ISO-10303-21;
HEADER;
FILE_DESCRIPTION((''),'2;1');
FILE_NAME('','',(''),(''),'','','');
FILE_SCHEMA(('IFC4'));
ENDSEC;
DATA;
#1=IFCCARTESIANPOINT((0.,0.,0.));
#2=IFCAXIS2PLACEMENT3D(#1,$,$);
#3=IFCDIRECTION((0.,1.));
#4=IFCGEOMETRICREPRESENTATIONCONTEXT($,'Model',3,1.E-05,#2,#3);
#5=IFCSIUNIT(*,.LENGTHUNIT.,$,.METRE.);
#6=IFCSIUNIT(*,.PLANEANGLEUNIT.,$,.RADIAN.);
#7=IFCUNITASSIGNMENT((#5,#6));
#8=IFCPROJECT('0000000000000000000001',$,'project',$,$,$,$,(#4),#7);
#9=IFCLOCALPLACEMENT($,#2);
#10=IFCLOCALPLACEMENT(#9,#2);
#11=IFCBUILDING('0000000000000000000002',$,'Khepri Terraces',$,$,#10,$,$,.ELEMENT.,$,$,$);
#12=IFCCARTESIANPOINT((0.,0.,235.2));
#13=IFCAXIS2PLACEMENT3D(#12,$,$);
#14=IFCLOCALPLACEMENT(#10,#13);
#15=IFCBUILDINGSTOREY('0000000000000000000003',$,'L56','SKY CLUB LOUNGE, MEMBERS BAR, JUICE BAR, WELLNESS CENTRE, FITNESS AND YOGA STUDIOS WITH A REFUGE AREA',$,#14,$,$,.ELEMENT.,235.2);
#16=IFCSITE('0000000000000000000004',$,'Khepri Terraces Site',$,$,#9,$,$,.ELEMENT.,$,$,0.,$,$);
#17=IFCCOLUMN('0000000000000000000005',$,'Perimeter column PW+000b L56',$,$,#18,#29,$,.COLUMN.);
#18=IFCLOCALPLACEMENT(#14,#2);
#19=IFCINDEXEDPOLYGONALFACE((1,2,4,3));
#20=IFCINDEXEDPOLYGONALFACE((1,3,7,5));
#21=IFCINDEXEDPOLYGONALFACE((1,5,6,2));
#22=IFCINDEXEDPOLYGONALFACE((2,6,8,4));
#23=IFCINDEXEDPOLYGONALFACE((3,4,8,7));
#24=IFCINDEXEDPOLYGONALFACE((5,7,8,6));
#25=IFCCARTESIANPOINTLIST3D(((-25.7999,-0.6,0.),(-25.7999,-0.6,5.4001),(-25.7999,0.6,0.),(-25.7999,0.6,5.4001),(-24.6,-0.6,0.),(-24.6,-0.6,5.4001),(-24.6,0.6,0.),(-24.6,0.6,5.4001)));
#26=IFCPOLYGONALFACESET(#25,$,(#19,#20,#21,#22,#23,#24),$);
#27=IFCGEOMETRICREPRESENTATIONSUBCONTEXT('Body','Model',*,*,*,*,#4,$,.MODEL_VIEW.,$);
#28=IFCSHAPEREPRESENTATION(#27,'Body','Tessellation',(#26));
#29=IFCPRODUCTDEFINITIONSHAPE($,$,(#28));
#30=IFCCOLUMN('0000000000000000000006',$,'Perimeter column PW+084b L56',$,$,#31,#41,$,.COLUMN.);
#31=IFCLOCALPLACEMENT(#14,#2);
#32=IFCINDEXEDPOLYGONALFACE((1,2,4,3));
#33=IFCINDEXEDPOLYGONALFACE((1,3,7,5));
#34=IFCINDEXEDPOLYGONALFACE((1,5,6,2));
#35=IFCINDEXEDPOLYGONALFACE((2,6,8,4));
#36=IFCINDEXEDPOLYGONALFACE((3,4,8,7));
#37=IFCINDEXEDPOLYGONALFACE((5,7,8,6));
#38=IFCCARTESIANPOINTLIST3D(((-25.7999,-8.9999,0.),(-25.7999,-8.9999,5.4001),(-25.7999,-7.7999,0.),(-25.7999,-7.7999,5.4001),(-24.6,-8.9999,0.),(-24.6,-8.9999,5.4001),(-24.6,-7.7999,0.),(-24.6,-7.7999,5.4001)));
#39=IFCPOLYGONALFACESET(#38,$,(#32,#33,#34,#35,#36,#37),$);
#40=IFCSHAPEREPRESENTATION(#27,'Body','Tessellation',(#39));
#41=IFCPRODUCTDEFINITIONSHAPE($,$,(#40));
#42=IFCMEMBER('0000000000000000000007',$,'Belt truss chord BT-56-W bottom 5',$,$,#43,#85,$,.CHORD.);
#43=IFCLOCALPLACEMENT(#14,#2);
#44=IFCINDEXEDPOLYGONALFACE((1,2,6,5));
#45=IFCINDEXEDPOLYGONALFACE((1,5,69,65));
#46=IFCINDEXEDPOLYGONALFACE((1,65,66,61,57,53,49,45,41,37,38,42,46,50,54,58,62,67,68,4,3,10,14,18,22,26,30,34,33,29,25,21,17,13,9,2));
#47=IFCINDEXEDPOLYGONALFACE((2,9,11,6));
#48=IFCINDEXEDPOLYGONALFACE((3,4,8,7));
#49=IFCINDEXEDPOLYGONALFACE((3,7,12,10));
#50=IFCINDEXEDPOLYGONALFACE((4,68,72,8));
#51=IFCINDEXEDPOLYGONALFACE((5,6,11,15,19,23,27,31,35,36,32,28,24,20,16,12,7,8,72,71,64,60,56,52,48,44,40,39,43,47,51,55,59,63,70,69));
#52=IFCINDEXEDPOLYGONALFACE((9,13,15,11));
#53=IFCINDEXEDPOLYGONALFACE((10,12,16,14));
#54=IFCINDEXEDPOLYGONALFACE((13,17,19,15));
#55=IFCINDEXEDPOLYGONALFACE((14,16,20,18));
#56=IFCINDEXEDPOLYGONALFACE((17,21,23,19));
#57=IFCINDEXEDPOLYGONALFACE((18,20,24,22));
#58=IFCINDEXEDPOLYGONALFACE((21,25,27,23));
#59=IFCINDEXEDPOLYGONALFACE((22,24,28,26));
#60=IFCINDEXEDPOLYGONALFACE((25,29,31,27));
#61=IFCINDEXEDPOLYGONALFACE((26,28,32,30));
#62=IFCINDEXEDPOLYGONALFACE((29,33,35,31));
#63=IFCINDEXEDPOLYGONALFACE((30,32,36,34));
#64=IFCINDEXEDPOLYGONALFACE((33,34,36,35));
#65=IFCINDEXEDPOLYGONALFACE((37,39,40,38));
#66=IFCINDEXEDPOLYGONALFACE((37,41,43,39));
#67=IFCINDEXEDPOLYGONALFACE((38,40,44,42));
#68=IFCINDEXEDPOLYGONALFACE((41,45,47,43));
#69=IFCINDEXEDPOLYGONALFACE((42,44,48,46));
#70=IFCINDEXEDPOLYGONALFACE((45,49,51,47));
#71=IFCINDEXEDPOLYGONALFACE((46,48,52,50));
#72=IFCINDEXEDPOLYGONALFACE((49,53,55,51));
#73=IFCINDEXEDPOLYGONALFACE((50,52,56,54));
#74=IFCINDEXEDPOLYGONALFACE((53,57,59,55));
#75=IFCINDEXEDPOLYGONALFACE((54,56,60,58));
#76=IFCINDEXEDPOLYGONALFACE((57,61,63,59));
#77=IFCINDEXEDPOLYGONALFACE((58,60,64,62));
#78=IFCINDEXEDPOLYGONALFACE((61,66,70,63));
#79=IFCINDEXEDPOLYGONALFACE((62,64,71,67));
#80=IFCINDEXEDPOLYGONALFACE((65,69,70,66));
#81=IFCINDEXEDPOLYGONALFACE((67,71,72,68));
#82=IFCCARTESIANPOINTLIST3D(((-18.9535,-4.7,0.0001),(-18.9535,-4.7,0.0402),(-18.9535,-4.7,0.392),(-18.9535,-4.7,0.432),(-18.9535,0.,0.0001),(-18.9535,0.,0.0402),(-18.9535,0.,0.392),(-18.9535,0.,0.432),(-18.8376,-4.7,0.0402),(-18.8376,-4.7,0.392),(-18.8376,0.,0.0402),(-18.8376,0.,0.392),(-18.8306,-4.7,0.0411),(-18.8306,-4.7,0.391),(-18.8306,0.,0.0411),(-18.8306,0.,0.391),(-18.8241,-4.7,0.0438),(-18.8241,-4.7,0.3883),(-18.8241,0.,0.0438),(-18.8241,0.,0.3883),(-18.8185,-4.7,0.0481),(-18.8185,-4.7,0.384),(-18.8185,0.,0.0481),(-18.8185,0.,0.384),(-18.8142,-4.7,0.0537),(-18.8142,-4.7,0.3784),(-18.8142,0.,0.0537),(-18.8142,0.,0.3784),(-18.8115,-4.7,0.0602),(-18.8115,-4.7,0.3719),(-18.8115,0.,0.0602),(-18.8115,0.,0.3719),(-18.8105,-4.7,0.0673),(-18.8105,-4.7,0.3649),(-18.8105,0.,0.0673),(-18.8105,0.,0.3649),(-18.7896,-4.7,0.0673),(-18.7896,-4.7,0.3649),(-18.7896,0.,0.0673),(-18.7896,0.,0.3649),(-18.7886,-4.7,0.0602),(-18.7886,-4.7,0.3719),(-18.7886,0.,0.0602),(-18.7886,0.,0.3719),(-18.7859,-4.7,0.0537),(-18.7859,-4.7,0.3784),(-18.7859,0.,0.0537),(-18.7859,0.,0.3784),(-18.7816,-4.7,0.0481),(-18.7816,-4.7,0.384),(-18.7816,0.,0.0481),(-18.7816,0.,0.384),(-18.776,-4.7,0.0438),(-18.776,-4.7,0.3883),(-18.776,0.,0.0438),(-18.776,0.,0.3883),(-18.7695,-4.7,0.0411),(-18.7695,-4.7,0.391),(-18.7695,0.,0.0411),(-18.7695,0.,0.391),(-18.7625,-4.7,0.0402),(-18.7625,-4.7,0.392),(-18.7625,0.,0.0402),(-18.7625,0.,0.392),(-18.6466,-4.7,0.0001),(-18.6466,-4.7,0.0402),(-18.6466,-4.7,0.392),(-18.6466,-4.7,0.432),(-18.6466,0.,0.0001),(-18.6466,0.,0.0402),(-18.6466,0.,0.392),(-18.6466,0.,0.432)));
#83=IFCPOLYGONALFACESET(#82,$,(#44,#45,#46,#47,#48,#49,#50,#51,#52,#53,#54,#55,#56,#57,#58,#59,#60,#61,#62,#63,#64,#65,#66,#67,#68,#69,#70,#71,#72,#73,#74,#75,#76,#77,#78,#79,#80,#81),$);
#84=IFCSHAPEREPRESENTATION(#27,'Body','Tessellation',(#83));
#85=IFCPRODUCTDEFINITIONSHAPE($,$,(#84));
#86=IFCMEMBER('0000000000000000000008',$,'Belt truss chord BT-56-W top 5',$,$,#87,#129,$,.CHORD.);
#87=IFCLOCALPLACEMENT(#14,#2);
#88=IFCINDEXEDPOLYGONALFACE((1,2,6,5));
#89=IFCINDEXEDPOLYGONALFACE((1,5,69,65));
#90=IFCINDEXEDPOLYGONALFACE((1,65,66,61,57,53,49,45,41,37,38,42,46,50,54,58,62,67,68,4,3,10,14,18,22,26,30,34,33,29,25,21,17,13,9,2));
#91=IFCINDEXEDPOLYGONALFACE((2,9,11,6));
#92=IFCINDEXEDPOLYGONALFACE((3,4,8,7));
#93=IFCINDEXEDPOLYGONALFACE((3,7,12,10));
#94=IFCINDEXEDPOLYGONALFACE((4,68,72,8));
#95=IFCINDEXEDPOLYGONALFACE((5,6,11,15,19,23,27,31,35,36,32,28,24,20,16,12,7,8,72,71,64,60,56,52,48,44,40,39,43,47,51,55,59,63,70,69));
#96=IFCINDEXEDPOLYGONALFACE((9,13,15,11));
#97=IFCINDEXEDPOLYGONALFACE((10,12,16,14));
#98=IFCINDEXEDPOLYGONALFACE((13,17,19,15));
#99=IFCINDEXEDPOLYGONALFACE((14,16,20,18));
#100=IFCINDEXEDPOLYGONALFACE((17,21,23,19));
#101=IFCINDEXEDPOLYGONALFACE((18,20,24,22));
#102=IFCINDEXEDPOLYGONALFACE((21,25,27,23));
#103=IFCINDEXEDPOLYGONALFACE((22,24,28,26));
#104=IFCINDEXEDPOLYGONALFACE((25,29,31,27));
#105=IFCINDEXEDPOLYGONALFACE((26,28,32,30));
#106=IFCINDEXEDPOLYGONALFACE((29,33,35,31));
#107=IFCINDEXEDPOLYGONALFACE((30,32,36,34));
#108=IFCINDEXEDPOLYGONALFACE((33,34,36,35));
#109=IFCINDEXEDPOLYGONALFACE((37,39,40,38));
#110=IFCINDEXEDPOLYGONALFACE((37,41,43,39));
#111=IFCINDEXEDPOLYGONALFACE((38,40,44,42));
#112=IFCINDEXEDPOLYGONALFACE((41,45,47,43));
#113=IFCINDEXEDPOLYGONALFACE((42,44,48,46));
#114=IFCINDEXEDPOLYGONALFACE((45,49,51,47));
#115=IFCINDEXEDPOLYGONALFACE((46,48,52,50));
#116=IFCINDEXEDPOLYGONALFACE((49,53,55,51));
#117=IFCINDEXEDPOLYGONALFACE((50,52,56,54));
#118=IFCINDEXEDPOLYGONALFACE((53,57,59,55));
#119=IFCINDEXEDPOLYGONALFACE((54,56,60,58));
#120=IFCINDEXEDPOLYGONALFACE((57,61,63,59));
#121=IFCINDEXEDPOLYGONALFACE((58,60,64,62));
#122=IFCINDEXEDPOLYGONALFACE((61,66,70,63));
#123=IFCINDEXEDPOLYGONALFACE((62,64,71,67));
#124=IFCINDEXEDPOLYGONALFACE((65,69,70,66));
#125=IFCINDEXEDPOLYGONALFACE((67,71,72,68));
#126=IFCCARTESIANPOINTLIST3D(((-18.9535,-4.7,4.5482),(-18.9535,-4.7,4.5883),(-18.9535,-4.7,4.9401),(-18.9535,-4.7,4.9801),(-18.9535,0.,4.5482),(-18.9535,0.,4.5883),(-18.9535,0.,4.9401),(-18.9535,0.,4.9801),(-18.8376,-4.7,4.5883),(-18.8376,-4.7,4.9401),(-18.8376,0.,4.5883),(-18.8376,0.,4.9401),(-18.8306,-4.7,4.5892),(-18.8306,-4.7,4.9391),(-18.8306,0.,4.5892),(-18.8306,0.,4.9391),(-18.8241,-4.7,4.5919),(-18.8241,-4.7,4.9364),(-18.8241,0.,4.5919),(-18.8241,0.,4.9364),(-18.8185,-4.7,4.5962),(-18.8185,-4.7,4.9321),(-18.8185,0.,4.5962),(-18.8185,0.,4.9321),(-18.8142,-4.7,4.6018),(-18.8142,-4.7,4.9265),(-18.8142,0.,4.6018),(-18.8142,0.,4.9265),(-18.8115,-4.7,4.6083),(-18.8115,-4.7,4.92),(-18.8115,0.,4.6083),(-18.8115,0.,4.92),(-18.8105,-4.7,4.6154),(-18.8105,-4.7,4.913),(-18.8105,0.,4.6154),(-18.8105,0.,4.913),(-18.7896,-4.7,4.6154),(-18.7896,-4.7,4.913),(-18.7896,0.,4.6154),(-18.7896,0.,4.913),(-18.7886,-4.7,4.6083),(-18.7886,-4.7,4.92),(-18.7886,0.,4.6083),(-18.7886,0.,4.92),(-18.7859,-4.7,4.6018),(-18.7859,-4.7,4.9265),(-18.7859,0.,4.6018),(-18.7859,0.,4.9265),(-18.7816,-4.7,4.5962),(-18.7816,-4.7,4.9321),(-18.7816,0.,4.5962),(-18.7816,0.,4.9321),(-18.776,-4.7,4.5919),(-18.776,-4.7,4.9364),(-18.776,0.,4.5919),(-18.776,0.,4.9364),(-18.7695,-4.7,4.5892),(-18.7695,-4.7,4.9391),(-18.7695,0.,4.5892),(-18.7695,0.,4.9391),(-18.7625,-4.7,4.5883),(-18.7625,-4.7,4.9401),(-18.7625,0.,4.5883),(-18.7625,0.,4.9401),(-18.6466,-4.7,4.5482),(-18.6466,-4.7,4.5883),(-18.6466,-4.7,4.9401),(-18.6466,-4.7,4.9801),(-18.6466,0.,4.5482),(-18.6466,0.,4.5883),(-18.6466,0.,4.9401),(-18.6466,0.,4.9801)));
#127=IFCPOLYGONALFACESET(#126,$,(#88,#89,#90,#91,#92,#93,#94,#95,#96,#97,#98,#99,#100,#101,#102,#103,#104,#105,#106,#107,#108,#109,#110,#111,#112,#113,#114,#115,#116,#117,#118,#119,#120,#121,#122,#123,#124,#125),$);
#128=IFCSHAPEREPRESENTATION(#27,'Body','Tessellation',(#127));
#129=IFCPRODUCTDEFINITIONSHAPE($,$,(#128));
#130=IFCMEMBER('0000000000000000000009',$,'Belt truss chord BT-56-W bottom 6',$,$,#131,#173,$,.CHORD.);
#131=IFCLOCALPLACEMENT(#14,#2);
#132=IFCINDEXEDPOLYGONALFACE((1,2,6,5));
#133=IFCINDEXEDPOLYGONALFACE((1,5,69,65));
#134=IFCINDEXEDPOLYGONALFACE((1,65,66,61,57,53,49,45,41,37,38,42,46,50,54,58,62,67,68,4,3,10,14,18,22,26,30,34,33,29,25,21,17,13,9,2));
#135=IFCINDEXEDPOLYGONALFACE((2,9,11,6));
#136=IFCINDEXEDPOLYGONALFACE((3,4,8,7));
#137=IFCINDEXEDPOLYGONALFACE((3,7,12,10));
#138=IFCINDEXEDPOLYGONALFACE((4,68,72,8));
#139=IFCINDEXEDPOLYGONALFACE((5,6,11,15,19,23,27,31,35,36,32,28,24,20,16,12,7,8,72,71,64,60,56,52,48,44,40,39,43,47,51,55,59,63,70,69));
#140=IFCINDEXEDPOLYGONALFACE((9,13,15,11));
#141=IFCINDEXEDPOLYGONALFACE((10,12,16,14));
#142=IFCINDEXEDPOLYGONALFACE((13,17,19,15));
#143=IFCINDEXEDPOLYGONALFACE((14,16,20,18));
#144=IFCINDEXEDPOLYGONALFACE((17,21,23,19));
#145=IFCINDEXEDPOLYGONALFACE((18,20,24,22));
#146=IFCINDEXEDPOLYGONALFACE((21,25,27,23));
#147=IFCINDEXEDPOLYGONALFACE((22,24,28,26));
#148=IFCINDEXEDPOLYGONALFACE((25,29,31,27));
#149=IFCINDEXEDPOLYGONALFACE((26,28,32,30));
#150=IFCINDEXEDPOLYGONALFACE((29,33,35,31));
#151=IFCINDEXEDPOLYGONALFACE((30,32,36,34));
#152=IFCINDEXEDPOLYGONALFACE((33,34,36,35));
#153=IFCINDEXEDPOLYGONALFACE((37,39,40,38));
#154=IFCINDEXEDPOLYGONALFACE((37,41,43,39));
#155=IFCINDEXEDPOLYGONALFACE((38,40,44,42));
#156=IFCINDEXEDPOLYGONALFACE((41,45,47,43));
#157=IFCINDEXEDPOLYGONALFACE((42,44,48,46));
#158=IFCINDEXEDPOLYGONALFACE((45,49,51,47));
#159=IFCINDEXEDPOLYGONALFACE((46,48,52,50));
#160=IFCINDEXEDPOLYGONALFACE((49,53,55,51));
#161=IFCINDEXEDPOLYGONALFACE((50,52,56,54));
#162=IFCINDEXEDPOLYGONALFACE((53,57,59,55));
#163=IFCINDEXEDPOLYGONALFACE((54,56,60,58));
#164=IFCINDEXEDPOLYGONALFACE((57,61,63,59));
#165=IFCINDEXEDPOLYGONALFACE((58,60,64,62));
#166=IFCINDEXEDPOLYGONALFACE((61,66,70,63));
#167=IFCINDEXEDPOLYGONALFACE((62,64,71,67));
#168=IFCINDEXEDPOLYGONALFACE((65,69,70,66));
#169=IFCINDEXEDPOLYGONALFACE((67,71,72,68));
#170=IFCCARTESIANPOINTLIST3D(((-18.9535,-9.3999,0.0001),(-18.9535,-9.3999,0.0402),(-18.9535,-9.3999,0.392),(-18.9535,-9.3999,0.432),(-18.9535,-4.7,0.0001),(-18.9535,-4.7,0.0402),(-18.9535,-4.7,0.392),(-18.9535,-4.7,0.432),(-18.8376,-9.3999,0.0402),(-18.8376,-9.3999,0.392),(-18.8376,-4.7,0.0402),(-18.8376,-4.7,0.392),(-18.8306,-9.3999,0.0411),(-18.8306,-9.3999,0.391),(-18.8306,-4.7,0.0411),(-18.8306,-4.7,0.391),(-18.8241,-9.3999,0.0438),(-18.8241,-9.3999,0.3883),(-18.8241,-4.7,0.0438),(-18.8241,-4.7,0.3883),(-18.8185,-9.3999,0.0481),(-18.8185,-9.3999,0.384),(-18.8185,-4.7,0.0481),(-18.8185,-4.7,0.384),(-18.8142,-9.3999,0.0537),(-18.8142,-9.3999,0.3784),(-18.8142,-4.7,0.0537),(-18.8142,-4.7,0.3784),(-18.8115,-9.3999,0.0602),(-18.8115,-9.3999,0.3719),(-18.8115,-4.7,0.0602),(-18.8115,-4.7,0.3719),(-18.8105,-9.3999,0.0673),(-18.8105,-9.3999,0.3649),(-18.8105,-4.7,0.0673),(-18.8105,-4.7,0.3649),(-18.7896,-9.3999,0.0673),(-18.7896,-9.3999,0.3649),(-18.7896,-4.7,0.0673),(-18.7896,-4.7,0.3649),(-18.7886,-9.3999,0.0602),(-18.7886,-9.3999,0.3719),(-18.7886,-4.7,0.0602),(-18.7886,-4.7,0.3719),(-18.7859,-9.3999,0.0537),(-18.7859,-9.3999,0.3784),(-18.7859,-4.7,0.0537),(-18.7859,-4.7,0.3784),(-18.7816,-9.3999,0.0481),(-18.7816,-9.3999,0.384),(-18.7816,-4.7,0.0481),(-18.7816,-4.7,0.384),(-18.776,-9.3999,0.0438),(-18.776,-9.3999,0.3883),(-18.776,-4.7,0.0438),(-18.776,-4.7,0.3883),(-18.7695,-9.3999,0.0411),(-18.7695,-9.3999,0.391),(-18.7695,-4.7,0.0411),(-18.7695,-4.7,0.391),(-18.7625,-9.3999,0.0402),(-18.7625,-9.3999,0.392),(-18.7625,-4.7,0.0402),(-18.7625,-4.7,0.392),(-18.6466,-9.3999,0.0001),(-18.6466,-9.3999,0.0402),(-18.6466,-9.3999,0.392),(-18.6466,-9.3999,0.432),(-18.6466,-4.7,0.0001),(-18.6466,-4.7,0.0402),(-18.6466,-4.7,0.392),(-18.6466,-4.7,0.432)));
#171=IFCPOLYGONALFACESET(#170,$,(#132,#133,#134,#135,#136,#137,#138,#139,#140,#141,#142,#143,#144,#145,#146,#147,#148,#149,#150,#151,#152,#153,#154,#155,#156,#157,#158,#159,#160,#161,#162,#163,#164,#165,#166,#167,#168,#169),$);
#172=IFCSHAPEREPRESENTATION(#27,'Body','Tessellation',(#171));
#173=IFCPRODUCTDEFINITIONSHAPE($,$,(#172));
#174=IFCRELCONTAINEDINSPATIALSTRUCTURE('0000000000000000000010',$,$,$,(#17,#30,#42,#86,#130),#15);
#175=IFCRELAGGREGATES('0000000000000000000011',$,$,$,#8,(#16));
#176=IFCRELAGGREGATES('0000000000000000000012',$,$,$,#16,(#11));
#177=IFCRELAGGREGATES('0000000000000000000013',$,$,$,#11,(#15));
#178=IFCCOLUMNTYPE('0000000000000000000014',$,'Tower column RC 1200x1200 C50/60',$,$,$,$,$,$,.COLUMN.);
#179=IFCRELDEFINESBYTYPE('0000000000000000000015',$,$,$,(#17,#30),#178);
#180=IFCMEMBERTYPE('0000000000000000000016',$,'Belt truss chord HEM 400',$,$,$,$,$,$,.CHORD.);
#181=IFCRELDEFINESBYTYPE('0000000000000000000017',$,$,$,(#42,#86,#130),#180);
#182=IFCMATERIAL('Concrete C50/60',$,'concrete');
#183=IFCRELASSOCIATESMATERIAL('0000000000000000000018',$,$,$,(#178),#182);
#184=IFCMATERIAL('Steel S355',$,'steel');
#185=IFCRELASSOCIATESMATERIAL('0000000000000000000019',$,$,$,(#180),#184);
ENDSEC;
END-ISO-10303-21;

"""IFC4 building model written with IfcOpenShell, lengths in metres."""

from ifc_helpers import new_model, si_unit, direction, frame, origin, origin_2d, place, context, subcontext, project, spatial, rectangle, i_section, extrude, material, material_profile, profile_set, type_object, element, save


model = new_model("IFC4")

# Units and contexts
model_context = context("Model", 3, precision=1e-05, world=origin(), true_north=direction((0.0, 1.0)))
body_context = subcontext(model_context, "Body", "Model", "MODEL_VIEW")
ifc_project = project(units=[si_unit("LENGTHUNIT", "METRE"), si_unit("PLANEANGLEUNIT", "RADIAN")], contexts=[model_context])

# Site, building, storey
site_placement = place(None, origin())
site = spatial("IfcSite", under=ifc_project, at=site_placement, Name="Khepri Terraces Site", CompositionType="ELEMENT", RefElevation=0.0)
building_placement = place(site_placement, origin())
building = spatial("IfcBuilding", under=site, at=building_placement, Name="Khepri Terraces", CompositionType="ELEMENT")
storey_placement = place(building_placement, frame((0.0, 0.0, 235.2)))
storey = spatial("IfcBuildingStorey", under=building, at=storey_placement, Name="L56", Description="SKY CLUB LOUNGE, MEMBERS BAR, JUICE BAR, WELLNESS CENTRE, FITNESS AND YOGA STUDIOS WITH A REFUGE AREA", CompositionType="ELEMENT", Elevation=235.2)

# Columns
ifc_material_1 = material(Name="Concrete C50/60", Category="concrete")
ifc_material_profile_1 = material_profile(ifc_material_1, rectangle(XDim=1.2, YDim=1.2, at=origin_2d()), Name="Concrete C50/60", Category="concrete")
ifc_profile_set_1 = profile_set([ifc_material_profile_1], Name="Concrete C50/60")
column_type = type_object("IfcColumnType", Name="Tower column RC 1200x1200 C50/60", PredefinedType="COLUMN", material=ifc_profile_set_1)
for number, where, z_axis, x_axis, name in (
    (1, (-25.2, 0.0, 0.0), (0.0, 0.0, 1.0), (1.0, 0.0, 0.0), "Perimeter column PW+000b L56"),
    (2, (-25.2, -8.3999, 0.0), (0.0, 0.0, 1.0), (1.0, 0.0, 0.0), "Perimeter column PW+084b L56"),
):
    element("IfcColumn", number, at=place(storey_placement, frame(where, z_axis=z_axis, x_axis=x_axis)), inside=storey, type_object=column_type, Name=name, PredefinedType="COLUMN", context=body_context, shape_type="SweptSolid", body=[
        extrude(rectangle(XDim=1.2, YDim=1.2, at=origin_2d()), origin(), (0.0, 0.0, 1.0), 5.4001),
    ])

# Members
ifc_material_2 = material(Name="Steel S355", Category="steel")
ifc_material_profile_2 = material_profile(ifc_material_2, i_section(OverallWidth=0.3069, OverallDepth=0.4319, WebThickness=0.021, FlangeThickness=0.04, FilletRadius=0.0271, at=origin_2d()), Name="Steel S355", Category="steel")
ifc_profile_set_2 = profile_set([ifc_material_profile_2], Name="Steel S355")
member_type_1 = type_object("IfcMemberType", Name="Belt truss chord HEM 400", PredefinedType="CHORD", material=ifc_profile_set_2)
for number, where, z_axis, x_axis, name in (
    (3, (-18.8, 0.0, 0.2161), (0.0, -1.0, 0.0), (1.0, 0.0, 0.0), "Belt truss chord BT-56-W bottom 5"),
    (4, (-18.8, 0.0, 4.7642), (0.0, -1.0, 0.0), (1.0, 0.0, 0.0), "Belt truss chord BT-56-W top 5"),
    (5, (-18.8, -4.7, 0.2161), (0.0, -1.0, 0.0), (1.0, 0.0, 0.0), "Belt truss chord BT-56-W bottom 6"),
):
    element("IfcMember", number, at=place(storey_placement, frame(where, z_axis=z_axis, x_axis=x_axis)), inside=storey, type_object=member_type_1, Name=name, PredefinedType="CHORD", context=body_context, shape_type="SweptSolid", body=[
        extrude(i_section(OverallWidth=0.3069, OverallDepth=0.4319, WebThickness=0.021, FlangeThickness=0.04, FilletRadius=0.0271, at=origin_2d()), origin(), (0.0, 0.0, 1.0), 4.7),
    ])

save(model, "model.ifc")
